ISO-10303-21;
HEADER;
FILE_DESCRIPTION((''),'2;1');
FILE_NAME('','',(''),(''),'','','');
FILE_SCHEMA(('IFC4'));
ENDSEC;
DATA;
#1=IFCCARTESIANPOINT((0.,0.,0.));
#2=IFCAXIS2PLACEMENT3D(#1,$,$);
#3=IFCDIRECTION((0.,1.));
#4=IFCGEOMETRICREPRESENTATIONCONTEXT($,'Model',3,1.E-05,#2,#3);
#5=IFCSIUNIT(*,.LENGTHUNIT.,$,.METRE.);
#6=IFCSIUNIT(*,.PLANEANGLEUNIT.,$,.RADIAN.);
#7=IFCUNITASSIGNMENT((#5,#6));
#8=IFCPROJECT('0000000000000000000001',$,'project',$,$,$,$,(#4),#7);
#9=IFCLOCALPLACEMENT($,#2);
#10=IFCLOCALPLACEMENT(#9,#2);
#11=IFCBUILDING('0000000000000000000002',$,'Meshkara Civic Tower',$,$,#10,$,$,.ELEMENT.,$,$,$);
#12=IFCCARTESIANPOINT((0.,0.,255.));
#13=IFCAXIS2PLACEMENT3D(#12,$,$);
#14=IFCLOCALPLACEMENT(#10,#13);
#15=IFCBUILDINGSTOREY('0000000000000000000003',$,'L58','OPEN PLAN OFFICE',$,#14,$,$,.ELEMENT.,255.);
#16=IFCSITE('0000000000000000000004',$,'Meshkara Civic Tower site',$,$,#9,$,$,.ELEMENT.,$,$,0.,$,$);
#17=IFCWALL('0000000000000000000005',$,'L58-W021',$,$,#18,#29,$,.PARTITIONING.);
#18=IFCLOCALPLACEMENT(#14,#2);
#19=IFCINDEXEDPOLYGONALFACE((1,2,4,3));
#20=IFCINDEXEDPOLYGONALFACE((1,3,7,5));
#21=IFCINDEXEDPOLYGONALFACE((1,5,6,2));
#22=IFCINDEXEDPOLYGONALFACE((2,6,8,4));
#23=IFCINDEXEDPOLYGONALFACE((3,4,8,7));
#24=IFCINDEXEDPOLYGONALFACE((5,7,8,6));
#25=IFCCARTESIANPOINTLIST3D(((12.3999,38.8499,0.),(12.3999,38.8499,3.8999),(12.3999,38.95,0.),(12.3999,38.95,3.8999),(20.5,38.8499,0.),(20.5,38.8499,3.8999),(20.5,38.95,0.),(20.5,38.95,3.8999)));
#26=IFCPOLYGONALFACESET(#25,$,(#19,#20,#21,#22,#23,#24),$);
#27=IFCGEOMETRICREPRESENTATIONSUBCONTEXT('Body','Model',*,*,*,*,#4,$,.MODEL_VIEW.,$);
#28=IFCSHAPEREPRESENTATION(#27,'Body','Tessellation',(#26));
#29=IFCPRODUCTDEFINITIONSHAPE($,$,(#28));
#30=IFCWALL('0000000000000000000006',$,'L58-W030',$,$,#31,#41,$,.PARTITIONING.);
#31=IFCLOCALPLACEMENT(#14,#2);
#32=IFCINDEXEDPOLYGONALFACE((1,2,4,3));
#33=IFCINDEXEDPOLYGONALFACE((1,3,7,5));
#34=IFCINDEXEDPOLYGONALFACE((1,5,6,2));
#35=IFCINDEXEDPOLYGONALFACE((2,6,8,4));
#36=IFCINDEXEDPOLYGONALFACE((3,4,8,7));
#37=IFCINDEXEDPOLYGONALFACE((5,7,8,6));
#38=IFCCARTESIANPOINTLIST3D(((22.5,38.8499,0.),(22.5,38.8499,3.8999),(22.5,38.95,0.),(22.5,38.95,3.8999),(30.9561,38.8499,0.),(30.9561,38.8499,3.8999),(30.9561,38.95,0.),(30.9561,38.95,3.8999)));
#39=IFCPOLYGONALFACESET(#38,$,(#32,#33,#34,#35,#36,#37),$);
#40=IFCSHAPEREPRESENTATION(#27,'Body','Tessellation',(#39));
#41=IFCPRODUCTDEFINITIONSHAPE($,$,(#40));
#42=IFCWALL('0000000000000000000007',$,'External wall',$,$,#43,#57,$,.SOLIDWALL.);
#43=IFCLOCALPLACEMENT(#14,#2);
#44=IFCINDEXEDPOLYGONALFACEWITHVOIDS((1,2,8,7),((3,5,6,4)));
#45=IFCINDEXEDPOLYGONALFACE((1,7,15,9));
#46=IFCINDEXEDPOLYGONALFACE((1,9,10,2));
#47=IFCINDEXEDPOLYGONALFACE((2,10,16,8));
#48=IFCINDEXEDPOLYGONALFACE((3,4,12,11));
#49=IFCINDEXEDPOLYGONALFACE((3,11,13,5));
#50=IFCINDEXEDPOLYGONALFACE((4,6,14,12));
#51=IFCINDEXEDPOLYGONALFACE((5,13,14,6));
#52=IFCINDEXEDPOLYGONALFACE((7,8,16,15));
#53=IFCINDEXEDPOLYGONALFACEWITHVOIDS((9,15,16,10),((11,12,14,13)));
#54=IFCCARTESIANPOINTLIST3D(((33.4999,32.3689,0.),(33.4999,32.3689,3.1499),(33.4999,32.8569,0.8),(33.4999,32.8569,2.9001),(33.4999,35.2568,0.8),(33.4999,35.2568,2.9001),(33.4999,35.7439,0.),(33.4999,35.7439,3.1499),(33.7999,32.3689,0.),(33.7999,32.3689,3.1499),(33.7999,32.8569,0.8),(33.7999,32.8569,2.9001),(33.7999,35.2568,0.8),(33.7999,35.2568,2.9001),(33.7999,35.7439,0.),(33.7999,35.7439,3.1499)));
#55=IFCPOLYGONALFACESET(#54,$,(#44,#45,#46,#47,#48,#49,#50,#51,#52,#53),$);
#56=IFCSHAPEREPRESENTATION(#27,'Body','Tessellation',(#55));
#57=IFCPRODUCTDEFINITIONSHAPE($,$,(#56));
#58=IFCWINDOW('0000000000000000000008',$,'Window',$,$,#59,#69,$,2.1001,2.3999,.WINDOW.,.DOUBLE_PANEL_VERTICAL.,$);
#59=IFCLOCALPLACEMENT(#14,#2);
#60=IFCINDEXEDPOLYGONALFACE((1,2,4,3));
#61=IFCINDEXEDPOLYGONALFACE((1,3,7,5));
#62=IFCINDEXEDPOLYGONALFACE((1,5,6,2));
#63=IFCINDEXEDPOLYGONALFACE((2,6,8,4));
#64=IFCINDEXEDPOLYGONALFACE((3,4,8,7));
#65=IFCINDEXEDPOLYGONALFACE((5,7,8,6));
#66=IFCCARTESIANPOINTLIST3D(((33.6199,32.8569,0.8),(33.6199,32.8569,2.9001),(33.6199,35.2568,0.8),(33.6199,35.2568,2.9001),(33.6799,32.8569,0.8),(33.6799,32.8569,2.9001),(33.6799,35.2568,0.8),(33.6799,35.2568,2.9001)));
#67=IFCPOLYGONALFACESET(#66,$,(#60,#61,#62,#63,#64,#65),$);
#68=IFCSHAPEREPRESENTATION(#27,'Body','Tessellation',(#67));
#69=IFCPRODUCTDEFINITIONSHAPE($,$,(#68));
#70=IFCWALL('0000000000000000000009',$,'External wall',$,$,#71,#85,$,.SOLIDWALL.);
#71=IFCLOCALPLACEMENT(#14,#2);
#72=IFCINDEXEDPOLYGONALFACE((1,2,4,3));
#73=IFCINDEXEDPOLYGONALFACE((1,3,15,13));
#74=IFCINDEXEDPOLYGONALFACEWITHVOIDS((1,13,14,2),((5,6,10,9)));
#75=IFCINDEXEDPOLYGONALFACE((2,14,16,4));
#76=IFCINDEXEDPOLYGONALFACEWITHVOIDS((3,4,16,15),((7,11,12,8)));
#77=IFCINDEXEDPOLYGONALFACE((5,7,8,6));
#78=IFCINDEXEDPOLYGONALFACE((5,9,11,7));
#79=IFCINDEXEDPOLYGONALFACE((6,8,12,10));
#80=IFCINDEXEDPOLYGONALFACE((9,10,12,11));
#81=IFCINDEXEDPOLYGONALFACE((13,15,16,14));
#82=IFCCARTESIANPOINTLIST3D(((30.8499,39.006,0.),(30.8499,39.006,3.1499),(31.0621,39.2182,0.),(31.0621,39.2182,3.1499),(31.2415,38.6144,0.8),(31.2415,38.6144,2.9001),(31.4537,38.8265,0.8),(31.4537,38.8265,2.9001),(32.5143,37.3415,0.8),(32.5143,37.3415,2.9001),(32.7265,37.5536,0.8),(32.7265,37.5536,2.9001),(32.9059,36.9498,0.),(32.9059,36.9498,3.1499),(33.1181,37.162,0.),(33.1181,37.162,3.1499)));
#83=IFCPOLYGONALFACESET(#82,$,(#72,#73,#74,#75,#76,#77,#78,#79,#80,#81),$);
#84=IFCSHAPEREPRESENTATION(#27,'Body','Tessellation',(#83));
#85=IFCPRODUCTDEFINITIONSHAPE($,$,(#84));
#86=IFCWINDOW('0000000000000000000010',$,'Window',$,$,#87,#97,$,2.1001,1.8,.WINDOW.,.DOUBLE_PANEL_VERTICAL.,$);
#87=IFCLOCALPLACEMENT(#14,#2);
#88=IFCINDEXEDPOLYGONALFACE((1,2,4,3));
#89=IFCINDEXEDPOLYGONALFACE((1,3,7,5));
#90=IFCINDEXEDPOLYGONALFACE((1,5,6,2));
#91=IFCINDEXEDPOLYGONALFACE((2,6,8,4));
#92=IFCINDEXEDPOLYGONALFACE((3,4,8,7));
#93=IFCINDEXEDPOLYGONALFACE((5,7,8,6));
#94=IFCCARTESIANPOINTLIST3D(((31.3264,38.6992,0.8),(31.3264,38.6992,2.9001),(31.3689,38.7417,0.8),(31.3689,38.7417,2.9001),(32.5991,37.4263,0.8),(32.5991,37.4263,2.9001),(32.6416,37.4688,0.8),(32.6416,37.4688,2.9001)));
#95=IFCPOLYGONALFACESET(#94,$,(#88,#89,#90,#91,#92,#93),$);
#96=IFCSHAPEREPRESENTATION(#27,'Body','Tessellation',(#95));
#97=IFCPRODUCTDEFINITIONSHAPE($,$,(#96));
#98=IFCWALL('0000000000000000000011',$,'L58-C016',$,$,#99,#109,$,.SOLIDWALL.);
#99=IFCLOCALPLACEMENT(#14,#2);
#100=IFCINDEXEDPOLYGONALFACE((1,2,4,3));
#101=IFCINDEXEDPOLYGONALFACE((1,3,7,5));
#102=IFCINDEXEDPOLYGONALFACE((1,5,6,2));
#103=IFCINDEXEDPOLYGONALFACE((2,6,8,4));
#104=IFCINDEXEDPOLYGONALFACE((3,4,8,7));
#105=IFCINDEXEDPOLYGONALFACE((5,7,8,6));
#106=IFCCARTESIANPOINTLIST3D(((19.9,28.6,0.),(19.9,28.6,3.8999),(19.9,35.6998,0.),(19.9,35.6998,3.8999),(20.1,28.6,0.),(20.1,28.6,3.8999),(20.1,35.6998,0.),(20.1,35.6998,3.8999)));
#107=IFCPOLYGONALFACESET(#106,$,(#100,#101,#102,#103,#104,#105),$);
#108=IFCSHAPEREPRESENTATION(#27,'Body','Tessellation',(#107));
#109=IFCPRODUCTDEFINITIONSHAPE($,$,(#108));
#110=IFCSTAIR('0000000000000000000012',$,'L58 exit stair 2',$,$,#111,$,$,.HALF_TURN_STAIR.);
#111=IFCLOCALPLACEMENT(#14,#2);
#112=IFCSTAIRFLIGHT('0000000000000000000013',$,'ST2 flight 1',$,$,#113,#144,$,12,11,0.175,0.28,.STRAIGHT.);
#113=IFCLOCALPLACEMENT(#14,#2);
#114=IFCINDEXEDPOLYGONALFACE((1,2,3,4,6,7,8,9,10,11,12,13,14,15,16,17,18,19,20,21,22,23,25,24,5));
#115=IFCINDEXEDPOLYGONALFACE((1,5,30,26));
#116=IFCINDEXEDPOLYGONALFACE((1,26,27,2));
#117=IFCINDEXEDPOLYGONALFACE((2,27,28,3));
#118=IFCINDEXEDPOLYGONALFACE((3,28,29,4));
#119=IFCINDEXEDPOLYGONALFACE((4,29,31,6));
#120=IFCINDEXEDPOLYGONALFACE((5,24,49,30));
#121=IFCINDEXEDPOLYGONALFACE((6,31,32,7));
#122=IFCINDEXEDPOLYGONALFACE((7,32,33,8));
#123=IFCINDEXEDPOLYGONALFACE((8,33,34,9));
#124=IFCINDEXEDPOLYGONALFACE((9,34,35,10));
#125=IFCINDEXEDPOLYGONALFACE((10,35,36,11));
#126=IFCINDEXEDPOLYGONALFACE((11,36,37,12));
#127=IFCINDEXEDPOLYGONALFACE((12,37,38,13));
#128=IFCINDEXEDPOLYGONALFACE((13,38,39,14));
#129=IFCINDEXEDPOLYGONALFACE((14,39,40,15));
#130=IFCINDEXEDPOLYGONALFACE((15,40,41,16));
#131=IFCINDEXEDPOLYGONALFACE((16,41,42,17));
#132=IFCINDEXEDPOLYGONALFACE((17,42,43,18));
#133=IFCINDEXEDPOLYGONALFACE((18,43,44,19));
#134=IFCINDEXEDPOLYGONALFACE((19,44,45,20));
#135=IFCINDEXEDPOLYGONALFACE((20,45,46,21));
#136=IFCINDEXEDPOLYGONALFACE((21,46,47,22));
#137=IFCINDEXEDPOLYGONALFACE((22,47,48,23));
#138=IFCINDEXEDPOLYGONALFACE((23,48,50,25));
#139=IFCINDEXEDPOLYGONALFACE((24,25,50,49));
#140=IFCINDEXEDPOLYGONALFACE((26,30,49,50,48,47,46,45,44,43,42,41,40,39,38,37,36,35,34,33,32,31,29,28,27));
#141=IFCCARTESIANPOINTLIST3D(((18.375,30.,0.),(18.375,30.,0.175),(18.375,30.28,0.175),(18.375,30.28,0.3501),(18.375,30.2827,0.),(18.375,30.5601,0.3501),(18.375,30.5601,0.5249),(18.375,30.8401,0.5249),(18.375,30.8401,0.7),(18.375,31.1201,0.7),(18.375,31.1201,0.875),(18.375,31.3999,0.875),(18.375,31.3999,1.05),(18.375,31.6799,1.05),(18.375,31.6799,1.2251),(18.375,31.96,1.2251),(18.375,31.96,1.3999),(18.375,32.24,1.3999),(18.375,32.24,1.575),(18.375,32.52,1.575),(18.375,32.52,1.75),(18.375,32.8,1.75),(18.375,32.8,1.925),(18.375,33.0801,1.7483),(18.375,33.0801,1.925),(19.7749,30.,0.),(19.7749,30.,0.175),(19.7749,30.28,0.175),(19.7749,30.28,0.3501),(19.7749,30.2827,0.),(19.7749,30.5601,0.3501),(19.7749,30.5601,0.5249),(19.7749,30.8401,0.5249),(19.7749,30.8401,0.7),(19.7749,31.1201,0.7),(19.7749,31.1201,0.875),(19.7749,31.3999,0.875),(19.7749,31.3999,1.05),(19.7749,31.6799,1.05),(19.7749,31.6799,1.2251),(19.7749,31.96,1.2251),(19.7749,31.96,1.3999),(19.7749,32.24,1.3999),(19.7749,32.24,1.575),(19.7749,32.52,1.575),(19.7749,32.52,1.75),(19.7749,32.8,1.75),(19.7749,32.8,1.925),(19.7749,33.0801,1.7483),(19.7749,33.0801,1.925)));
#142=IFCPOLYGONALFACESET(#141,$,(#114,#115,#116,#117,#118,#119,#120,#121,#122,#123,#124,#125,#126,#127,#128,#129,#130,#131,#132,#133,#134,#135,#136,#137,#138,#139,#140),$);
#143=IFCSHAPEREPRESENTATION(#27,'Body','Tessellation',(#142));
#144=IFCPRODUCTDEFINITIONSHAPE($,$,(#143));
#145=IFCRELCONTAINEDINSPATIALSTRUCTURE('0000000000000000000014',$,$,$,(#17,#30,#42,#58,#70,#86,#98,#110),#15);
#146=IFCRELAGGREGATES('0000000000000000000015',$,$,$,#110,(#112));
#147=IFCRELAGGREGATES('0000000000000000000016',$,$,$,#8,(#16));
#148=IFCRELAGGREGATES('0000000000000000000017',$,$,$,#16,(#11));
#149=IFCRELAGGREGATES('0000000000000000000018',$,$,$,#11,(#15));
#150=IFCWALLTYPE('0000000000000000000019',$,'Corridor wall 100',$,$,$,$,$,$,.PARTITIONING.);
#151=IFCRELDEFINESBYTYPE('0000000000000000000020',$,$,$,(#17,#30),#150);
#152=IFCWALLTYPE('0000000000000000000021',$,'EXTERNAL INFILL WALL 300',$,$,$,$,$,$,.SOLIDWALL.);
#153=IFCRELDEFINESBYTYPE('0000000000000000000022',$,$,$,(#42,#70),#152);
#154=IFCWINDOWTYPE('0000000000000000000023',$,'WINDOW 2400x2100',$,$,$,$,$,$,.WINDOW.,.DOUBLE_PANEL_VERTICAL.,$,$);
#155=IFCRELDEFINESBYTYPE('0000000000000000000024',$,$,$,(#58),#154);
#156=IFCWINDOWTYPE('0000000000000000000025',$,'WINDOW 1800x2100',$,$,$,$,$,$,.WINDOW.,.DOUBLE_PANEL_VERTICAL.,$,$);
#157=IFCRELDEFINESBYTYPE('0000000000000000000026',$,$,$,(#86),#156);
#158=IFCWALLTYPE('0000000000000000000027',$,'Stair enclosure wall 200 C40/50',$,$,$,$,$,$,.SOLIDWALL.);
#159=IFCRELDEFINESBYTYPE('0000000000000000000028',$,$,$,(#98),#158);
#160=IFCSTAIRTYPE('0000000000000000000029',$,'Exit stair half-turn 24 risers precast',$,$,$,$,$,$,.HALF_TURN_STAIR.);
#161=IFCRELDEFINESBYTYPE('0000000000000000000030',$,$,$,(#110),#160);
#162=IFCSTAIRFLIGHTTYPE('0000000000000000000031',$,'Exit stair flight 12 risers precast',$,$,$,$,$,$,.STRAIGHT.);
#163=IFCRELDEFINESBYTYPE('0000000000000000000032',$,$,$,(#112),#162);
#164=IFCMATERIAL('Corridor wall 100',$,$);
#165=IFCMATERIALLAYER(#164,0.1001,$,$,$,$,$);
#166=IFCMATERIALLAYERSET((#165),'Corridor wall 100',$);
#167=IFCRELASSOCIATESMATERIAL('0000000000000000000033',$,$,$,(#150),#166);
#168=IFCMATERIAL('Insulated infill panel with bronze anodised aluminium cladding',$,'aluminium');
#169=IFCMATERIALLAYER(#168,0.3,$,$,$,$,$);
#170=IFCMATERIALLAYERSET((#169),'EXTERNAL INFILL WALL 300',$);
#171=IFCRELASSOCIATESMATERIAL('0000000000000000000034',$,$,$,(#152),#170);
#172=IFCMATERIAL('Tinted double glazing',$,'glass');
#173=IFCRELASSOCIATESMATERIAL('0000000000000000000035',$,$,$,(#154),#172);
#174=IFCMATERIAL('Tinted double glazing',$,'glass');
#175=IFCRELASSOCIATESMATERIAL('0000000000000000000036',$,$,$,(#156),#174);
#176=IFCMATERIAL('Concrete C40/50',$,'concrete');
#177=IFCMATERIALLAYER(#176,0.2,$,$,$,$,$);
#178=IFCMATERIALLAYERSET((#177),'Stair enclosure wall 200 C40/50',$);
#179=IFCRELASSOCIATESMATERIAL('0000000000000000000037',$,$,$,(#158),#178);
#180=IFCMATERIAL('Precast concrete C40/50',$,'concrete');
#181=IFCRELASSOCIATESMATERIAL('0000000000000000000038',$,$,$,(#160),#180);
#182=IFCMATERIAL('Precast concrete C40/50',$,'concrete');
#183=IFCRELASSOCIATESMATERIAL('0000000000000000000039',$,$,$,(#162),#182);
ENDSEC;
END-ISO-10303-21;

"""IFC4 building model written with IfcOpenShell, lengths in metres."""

from ifc_helpers import new_model, si_unit, direction, frame, frame_2d, origin, place, context, subcontext, project, spatial, polyline, rectangle, outline, extrude, material, layer, layer_set, type_object, element, fill, aggregate, save


model = new_model("IFC4")

# Units and contexts
model_context = context("Model", 3, precision=1e-05, world=origin(), true_north=direction((0.0, 1.0)))
body_context = subcontext(model_context, "Body", "Model", "MODEL_VIEW")
ifc_project = project(units=[si_unit("LENGTHUNIT", "METRE"), si_unit("PLANEANGLEUNIT", "RADIAN")], contexts=[model_context])

# Site, building, storey
site_placement = place(None, origin())
site = spatial("IfcSite", under=ifc_project, at=site_placement, Name="Meshkara Civic Tower site", CompositionType="ELEMENT", RefElevation=0.0)
building_placement = place(site_placement, origin())
building = spatial("IfcBuilding", under=site, at=building_placement, Name="Meshkara Civic Tower", CompositionType="ELEMENT")
storey_placement = place(building_placement, frame((0.0, 0.0, 255.0)))
storey = spatial("IfcBuildingStorey", under=building, at=storey_placement, Name="L58", Description="OPEN PLAN OFFICE", CompositionType="ELEMENT", Elevation=255.0)

# Walls
ifc_material_1 = material(Name="Corridor wall 100")
ifc_layer_1 = layer(ifc_material_1, 0.1001)
ifc_layer_set_1 = layer_set([ifc_layer_1], Name="Corridor wall 100")
wall_type_1 = type_object("IfcWallType", Name="Corridor wall 100", PredefinedType="PARTITIONING", material=ifc_layer_set_1)
wall_1_placement = place(storey_placement, frame((20.5, 38.8999, 0.0), z_axis=(0.0, 0.0, 1.0), x_axis=(-1.0, 0.0, 0.0)))
element("IfcWall", 1, at=wall_1_placement, inside=storey, type_object=wall_type_1, Name="L58-W021", PredefinedType="PARTITIONING", context=body_context, shape_type="SweptSolid", body=[
    extrude(rectangle(XDim=8.1001, YDim=0.1001, at=frame_2d((4.05, 0.0))), origin(), (0.0, 0.0, 1.0), 3.8999),
])
wall_2_placement = place(storey_placement, frame((30.9561, 38.8999, 0.0), z_axis=(0.0, 0.0, 1.0), x_axis=(-1.0, 0.0, 0.0)))
element("IfcWall", 2, at=wall_2_placement, inside=storey, type_object=wall_type_1, Name="L58-W030", PredefinedType="PARTITIONING", context=body_context, shape_type="SweptSolid", body=[
    extrude(rectangle(XDim=8.4561, YDim=0.1001, at=frame_2d((4.228, 0.0))), origin(), (0.0, 0.0, 1.0), 3.8999),
])

# Walls, openings, windows
ifc_material_2 = material(Name="Insulated infill panel with bronze anodised aluminium cladding", Category="aluminium")
ifc_layer_2 = layer(ifc_material_2, 0.3)
ifc_layer_set_2 = layer_set([ifc_layer_2], Name="EXTERNAL INFILL WALL 300")
wall_type_2 = type_object("IfcWallType", Name="EXTERNAL INFILL WALL 300", PredefinedType="SOLIDWALL", material=ifc_layer_set_2)
wall_3_placement = place(storey_placement, frame((33.6499, 32.3689, 0.0), z_axis=(0.0, 0.0, 1.0), x_axis=(0.0, 1.0, 0.0)))
wall_3 = element("IfcWall", 3, at=wall_3_placement, inside=storey, type_object=wall_type_2, Name="External wall", PredefinedType="SOLIDWALL", context=body_context, shape_type="SweptSolid", body=[
    extrude(rectangle(XDim=3.375, YDim=0.3, at=frame_2d((1.6875, 0.0))), origin(), (0.0, 0.0, 1.0), 3.1499),
])
opening_1_placement = place(wall_3_placement, frame((0.488, 0.0, 0.8)))
opening_1 = element("IfcOpeningElement", 4, at=opening_1_placement, cuts=wall_3, PredefinedType="OPENING", context=body_context, shape_type="SweptSolid", body=[
    extrude(rectangle(XDim=2.3999, YDim=2.1001, at=frame_2d((1.2, 1.05))), frame((0.0, 0.1599, 0.0), z_axis=(0.0, -1.0, 0.0), x_axis=(1.0, 0.0, 0.0)), (0.0, 0.0, 1.0), 0.3201),
])
ifc_material_3 = material(Name="Tinted double glazing", Category="glass")
window_type_1 = type_object("IfcWindowType", Name="WINDOW 2400x2100", PartitioningType="DOUBLE_PANEL_VERTICAL", PredefinedType="WINDOW", material=ifc_material_3)
window_1_placement = place(opening_1_placement, origin())
window_1 = element("IfcWindow", 5, at=window_1_placement, inside=storey, type_object=window_type_1, Name="Window", OverallHeight=2.1001, OverallWidth=2.3999, PartitioningType="DOUBLE_PANEL_VERTICAL", PredefinedType="WINDOW", context=body_context, shape_type="SweptSolid", body=[
    extrude(rectangle(XDim=2.3999, YDim=2.1001, at=frame_2d((1.2, 1.05))), frame((0.0, 0.03, 0.0), z_axis=(0.0, -1.0, 0.0), x_axis=(1.0, 0.0, 0.0)), (0.0, 0.0, 1.0), 0.0601),
])
fill(opening_1, window_1)
wall_4_placement = place(storey_placement, frame((33.012, 37.0559, 0.0), z_axis=(0.0, 0.0, 1.0), x_axis=(-0.707065, 0.707149, 0.0)))
wall_4 = element("IfcWall", 6, at=wall_4_placement, inside=storey, type_object=wall_type_2, Name="External wall", PredefinedType="SOLIDWALL", context=body_context, shape_type="SweptSolid", body=[
    extrude(rectangle(XDim=2.9077, YDim=0.3, at=frame_2d((1.4539, 0.0))), origin(), (0.0, 0.0, 1.0), 3.1499),
])
opening_2_placement = place(wall_4_placement, frame((0.554, 0.0, 0.8)))
opening_2 = element("IfcOpeningElement", 7, at=opening_2_placement, cuts=wall_4, PredefinedType="OPENING", context=body_context, shape_type="SweptSolid", body=[
    extrude(rectangle(XDim=1.8, YDim=2.1001, at=frame_2d((0.8999, 1.05))), frame((0.0, 0.1599, 0.0), z_axis=(0.0, -1.0, 0.0), x_axis=(1.0, 0.0, 0.0)), (0.0, 0.0, 1.0), 0.3201),
])
ifc_material_4 = material(Name="Tinted double glazing", Category="glass")
window_type_2 = type_object("IfcWindowType", Name="WINDOW 1800x2100", PartitioningType="DOUBLE_PANEL_VERTICAL", PredefinedType="WINDOW", material=ifc_material_4)
window_2_placement = place(opening_2_placement, origin())
window_2 = element("IfcWindow", 8, at=window_2_placement, inside=storey, type_object=window_type_2, Name="Window", OverallHeight=2.1001, OverallWidth=1.8, PartitioningType="DOUBLE_PANEL_VERTICAL", PredefinedType="WINDOW", context=body_context, shape_type="SweptSolid", body=[
    extrude(rectangle(XDim=1.8, YDim=2.1001, at=frame_2d((0.8999, 1.05))), frame((0.0, 0.03, 0.0), z_axis=(0.0, -1.0, 0.0), x_axis=(1.0, 0.0, 0.0)), (0.0, 0.0, 1.0), 0.0601),
])
fill(opening_2, window_2)

# Wall
ifc_material_5 = material(Name="Concrete C40/50", Category="concrete")
ifc_layer_3 = layer(ifc_material_5, 0.2)
ifc_layer_set_3 = layer_set([ifc_layer_3], Name="Stair enclosure wall 200 C40/50")
wall_type_3 = type_object("IfcWallType", Name="Stair enclosure wall 200 C40/50", PredefinedType="SOLIDWALL", material=ifc_layer_set_3)
wall_5_placement = place(storey_placement, frame((20.0, 28.6001, 0.0), z_axis=(0.0, 0.0, 1.0), x_axis=(0.0, 1.0, 0.0)))
element("IfcWall", 9, at=wall_5_placement, inside=storey, type_object=wall_type_3, Name="L58-C016", PredefinedType="SOLIDWALL", context=body_context, shape_type="SweptSolid", body=[
    extrude(rectangle(XDim=7.0999, YDim=0.2, at=frame_2d((3.5498, 0.0))), origin(), (0.0, 0.0, 1.0), 3.8999),
])

# Stair, stair flight
ifc_material_6 = material(Name="Precast concrete C40/50", Category="concrete")
stair_type = type_object("IfcStairType", Name="Exit stair half-turn 24 risers precast", PredefinedType="HALF_TURN_STAIR", material=ifc_material_6)
stair_placement = place(storey_placement, origin())
stair = element("IfcStair", 10, at=stair_placement, inside=storey, type_object=stair_type, Name="L58 exit stair 2", PredefinedType="HALF_TURN_STAIR")
ifc_material_7 = material(Name="Precast concrete C40/50", Category="concrete")
stair_flight_type = type_object("IfcStairFlightType", Name="Exit stair flight 12 risers precast", PredefinedType="STRAIGHT", material=ifc_material_7)
stair_flight_1_placement = place(storey_placement, frame((19.075, 30.0, 0.0), z_axis=(0.0, 0.0, 1.0), x_axis=(0.0, 1.0, 0.0)))
stair_flight_1 = element("IfcStairFlight", 11, at=stair_flight_1_placement, type_object=stair_flight_type, Name="ST2 flight 1", NumberOfRisers=12, NumberOfTreads=11, PredefinedType="STRAIGHT", RiserHeight=0.175, TreadLength=0.28, context=body_context, shape_type="SweptSolid", body=[
    extrude(outline(polyline([(0.0, 0.0), (0.0, 0.175), (0.28, 0.175), (0.28, 0.3501), (0.5601, 0.3501), (0.5601, 0.5249), (0.8401, 0.5249), (0.8401, 0.7), (1.1201, 0.7), (1.1201, 0.875), (1.3999, 0.875), (1.3999, 1.05), (1.6799, 1.05), (1.6799, 1.2251), (1.96, 1.2251), (1.96, 1.3999), (2.24, 1.3999), (2.24, 1.575), (2.52, 1.575), (2.52, 1.75), (2.8, 1.75), (2.8, 1.925), (3.0801, 1.925), (3.0801, 2.1001), (3.0801, 1.7483), (0.2827, 0.0), (0.0, 0.0)])), frame((0.0, 0.7, 0.0), z_axis=(0.0, -1.0, 0.0), x_axis=(1.0, 0.0, 0.0)), (0.0, 0.0, 1.0), 1.3999),
])
aggregate(stair, [stair_flight_1])

save(model, "model.ifc")
